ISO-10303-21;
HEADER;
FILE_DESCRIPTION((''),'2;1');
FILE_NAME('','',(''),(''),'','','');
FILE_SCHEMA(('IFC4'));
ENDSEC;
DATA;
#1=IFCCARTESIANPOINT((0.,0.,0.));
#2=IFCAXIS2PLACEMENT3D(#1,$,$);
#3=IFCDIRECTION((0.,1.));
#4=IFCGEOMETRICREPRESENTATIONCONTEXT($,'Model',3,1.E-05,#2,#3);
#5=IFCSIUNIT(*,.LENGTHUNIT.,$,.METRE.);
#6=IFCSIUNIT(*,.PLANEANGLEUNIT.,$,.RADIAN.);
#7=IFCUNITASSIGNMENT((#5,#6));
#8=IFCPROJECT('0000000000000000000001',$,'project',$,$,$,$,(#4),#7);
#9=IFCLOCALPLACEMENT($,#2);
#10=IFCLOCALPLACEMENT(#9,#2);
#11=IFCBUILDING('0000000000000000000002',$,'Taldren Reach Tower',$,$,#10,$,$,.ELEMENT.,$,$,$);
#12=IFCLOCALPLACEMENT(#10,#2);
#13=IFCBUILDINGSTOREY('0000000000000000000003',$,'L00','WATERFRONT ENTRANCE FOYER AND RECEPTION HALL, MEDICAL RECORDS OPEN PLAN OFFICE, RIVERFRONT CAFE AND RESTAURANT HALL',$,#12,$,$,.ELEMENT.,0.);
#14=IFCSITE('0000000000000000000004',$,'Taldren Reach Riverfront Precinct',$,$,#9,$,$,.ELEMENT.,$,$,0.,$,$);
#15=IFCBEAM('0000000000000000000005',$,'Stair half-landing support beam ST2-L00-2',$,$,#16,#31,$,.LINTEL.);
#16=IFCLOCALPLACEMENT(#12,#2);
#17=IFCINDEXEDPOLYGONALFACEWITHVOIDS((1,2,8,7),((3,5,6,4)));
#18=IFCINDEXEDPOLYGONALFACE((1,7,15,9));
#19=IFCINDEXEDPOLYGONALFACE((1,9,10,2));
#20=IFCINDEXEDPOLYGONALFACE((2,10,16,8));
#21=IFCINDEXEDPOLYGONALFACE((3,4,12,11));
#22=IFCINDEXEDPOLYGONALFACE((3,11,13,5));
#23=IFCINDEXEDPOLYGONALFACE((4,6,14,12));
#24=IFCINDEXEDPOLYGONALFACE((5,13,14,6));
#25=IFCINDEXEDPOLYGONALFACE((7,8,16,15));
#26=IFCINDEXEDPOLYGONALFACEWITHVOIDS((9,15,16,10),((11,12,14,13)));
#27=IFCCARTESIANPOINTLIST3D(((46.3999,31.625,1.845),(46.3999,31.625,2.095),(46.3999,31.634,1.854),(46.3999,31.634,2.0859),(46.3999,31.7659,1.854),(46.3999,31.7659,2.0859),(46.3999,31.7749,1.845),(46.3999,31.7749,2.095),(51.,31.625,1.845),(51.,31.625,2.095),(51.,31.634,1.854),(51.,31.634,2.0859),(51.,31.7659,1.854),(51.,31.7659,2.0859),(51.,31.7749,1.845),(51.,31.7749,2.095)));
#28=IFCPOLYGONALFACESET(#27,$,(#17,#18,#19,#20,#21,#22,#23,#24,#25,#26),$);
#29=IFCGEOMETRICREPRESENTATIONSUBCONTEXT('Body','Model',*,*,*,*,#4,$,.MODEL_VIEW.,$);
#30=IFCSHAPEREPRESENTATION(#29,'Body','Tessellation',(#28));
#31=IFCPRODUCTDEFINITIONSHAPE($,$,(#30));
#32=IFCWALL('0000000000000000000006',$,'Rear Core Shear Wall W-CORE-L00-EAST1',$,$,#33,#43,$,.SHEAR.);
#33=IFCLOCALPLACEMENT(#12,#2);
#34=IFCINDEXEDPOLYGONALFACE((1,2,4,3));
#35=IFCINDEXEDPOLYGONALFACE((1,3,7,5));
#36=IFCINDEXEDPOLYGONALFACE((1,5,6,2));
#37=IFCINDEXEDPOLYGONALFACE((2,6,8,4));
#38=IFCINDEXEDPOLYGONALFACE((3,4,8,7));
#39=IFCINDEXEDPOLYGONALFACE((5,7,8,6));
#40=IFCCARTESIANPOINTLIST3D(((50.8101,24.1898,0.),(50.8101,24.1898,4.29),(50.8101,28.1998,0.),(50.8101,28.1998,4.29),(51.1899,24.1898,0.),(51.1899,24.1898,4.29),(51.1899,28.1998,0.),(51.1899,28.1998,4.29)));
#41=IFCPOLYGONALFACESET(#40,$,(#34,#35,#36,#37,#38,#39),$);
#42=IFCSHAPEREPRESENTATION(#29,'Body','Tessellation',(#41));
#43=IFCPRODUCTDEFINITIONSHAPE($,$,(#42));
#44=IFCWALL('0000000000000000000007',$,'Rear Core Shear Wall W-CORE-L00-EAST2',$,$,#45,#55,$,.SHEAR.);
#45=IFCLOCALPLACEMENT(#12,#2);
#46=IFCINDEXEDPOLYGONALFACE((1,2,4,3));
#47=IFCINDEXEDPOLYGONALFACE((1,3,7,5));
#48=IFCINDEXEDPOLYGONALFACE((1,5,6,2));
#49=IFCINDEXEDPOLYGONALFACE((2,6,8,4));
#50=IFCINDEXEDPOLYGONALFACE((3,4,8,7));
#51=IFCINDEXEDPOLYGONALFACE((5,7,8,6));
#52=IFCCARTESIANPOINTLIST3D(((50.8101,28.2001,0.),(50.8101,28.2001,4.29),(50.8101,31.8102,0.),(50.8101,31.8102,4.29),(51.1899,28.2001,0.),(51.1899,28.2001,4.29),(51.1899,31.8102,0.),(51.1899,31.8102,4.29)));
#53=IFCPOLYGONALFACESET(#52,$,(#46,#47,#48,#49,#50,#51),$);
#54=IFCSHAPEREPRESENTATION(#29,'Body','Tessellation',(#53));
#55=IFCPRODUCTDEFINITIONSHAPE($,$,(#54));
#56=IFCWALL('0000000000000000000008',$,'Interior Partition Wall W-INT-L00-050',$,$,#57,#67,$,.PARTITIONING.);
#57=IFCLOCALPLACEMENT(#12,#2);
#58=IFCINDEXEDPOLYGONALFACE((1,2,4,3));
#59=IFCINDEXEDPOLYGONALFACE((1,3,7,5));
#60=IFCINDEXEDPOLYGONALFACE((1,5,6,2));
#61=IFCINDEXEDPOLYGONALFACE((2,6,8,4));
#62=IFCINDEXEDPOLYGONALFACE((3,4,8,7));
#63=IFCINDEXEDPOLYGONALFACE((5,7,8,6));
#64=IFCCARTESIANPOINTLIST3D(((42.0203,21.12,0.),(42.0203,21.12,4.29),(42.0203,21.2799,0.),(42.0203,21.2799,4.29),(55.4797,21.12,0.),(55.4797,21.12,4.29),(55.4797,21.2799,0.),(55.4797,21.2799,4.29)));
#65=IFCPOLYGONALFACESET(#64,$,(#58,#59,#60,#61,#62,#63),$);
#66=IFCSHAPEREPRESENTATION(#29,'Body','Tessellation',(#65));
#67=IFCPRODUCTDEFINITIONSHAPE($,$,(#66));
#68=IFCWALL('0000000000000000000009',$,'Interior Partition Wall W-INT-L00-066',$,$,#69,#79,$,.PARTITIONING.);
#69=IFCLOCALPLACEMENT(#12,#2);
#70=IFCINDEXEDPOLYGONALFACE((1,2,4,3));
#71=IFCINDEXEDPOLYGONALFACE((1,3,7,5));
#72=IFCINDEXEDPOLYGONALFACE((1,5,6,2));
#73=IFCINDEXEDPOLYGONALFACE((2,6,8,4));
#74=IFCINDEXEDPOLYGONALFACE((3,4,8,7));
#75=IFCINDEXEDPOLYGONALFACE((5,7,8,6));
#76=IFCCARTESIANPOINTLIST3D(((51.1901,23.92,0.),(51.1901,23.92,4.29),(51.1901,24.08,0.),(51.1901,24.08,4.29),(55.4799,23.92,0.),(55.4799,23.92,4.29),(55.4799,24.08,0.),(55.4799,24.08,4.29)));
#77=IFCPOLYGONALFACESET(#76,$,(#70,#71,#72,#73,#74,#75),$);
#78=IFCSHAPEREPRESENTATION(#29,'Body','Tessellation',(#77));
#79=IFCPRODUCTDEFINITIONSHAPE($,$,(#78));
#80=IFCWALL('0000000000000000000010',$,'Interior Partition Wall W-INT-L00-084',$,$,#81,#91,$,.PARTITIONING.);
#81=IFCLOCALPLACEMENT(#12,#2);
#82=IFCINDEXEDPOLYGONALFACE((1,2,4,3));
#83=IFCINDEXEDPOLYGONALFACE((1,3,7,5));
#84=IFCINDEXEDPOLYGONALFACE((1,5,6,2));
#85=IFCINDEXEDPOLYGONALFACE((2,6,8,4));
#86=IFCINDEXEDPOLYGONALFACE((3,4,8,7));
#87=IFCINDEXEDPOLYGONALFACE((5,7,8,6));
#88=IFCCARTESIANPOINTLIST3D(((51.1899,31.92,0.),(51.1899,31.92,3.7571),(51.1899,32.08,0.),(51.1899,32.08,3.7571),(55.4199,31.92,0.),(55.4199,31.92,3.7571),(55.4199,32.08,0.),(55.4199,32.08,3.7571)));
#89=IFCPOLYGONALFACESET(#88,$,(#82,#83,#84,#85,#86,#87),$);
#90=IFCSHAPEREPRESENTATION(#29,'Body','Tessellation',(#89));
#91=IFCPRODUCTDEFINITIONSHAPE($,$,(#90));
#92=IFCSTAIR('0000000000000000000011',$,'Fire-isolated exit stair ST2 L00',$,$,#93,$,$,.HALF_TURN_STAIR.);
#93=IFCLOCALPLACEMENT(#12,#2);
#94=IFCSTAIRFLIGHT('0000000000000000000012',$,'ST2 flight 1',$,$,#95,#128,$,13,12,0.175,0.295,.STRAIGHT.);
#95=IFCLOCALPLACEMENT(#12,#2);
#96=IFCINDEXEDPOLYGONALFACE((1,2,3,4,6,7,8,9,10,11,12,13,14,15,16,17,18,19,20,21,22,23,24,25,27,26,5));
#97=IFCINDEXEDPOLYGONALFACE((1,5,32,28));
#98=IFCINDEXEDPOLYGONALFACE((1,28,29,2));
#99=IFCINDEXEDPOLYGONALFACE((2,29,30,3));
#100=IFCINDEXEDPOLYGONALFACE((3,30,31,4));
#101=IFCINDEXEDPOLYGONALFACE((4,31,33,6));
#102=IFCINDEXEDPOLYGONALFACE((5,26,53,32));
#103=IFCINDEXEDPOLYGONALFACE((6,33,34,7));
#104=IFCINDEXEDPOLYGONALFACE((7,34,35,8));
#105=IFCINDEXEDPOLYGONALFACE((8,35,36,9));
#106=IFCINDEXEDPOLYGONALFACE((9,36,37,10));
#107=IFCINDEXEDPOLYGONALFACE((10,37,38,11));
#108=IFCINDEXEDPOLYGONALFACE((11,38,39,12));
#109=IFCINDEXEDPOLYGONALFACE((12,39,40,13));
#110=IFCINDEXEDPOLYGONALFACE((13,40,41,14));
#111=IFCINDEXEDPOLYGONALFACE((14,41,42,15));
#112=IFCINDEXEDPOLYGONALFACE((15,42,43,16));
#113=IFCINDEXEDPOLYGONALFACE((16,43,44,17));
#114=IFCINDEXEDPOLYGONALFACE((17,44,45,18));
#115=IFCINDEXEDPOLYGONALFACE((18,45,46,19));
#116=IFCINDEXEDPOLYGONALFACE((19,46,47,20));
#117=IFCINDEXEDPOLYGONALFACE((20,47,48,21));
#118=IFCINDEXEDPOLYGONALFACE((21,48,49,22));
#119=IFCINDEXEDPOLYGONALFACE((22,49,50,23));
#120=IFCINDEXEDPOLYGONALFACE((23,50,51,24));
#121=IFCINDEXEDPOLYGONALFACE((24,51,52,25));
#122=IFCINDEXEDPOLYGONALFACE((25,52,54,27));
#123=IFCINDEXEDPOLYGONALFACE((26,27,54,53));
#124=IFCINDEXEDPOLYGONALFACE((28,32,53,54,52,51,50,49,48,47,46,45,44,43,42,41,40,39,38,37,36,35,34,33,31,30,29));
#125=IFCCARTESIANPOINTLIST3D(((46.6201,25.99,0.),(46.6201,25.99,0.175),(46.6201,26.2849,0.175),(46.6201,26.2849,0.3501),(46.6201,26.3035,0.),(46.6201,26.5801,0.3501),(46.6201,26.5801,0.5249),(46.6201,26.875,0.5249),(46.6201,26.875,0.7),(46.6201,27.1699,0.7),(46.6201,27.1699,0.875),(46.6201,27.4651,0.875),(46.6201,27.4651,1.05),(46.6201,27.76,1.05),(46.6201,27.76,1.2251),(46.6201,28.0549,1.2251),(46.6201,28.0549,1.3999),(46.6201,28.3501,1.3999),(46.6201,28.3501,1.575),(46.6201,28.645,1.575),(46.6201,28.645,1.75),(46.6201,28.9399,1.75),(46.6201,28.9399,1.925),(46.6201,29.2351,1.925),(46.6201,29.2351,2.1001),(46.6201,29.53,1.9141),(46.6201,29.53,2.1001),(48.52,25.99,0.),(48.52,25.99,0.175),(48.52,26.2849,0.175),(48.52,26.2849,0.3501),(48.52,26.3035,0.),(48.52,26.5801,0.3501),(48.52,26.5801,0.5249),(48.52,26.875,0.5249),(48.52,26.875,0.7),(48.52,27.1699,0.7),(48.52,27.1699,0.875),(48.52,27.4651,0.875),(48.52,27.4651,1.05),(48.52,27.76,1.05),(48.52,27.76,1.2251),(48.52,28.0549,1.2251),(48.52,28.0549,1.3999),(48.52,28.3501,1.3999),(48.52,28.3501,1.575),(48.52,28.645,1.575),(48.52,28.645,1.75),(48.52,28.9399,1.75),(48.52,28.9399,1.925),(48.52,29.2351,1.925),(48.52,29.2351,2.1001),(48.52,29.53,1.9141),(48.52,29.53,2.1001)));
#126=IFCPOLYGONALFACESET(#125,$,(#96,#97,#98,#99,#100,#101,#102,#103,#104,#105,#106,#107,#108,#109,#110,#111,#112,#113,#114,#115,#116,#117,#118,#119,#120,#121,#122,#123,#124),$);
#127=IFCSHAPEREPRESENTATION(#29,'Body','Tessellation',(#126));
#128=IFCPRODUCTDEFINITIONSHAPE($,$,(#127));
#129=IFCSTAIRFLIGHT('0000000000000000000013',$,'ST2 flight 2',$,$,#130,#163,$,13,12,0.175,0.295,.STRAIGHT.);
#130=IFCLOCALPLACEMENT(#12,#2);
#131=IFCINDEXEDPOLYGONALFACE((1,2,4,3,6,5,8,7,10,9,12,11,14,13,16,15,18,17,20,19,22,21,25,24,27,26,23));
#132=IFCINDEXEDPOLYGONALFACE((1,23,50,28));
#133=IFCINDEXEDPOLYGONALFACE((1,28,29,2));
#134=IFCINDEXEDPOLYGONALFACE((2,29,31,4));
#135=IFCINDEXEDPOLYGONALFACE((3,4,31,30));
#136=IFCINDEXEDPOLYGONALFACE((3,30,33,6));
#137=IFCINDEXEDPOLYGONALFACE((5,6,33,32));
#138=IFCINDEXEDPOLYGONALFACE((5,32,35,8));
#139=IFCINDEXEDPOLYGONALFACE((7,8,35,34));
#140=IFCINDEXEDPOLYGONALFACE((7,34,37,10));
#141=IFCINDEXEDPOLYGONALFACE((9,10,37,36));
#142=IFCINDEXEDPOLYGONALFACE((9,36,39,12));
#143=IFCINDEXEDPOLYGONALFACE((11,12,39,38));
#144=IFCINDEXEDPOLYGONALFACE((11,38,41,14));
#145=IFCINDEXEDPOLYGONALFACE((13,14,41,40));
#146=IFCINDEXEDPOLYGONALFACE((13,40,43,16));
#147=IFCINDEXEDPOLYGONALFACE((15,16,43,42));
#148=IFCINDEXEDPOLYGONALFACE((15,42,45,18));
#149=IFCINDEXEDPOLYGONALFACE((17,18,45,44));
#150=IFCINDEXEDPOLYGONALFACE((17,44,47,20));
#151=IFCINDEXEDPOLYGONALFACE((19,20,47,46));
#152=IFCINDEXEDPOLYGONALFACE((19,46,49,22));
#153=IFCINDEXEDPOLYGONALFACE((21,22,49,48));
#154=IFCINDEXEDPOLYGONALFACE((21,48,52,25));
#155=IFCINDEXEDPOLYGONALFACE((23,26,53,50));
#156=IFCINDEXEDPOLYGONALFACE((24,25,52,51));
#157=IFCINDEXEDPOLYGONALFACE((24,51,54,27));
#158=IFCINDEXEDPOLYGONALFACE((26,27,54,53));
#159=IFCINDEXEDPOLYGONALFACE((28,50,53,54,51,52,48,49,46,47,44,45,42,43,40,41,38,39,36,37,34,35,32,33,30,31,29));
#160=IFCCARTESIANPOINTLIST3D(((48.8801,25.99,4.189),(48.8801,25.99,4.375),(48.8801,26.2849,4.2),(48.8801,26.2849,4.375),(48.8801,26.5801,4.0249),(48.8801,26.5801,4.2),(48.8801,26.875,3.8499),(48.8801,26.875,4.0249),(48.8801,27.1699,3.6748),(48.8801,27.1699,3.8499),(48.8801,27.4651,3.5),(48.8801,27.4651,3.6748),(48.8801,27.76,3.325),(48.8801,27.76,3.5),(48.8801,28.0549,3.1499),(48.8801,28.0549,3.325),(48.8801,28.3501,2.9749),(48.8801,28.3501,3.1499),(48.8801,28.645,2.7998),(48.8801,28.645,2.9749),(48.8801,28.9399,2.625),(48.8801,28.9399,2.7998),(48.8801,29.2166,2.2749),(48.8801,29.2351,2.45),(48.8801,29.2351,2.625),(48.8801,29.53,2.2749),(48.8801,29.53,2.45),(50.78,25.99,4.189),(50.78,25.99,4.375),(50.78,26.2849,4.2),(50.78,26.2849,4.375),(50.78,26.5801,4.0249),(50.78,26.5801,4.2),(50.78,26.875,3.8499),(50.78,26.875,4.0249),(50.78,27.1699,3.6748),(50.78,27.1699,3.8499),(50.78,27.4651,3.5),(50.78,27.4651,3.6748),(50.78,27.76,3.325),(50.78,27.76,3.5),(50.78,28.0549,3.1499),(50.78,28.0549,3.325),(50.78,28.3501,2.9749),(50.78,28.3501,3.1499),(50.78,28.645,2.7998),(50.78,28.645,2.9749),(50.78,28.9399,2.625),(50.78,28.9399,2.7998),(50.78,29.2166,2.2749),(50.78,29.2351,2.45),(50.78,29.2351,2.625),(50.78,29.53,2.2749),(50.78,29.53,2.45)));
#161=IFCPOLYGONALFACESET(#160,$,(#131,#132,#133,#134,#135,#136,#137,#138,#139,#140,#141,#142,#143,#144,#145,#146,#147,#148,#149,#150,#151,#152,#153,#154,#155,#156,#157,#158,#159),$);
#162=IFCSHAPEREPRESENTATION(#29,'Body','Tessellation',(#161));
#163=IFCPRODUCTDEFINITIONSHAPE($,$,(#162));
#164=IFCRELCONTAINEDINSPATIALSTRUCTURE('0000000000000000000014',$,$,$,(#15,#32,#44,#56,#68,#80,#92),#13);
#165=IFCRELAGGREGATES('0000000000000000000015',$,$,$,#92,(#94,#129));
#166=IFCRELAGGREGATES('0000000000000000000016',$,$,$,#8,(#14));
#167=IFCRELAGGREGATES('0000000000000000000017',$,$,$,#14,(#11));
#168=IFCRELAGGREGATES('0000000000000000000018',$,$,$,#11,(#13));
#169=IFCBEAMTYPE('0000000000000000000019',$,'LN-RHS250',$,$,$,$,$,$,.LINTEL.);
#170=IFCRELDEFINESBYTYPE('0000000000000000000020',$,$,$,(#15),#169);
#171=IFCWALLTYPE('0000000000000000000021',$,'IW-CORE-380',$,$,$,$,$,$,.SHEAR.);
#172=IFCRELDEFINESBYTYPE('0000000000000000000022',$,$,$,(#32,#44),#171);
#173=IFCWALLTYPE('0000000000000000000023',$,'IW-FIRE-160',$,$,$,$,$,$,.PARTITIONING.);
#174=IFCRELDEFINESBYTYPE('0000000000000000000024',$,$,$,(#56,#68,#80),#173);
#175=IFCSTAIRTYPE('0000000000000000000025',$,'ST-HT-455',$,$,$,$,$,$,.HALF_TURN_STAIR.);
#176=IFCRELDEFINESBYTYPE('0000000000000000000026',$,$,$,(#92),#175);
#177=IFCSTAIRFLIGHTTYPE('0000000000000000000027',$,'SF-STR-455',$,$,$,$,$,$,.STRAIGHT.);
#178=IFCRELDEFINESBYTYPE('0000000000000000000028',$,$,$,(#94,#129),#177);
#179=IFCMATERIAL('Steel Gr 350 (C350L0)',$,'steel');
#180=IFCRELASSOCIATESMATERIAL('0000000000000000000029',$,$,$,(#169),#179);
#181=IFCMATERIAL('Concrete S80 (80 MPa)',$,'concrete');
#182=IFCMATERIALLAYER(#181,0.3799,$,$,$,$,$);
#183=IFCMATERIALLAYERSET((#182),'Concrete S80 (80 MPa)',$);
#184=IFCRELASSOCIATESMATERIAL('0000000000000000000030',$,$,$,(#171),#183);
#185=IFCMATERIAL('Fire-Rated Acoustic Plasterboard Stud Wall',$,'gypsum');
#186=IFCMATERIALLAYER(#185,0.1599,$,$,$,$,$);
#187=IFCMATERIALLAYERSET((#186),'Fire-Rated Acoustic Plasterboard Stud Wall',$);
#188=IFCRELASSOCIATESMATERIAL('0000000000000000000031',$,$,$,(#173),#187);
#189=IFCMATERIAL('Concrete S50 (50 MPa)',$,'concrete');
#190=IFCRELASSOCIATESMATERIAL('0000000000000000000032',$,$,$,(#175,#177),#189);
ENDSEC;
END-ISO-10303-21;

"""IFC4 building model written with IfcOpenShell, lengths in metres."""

from ifc_helpers import new_model, si_unit, direction, frame, frame_2d, origin, origin_2d, place, context, subcontext, project, spatial, polyline, rectangle, hollow_rectangle, outline, extrude, source, transform, mapped, material, layer, layer_set, material_profile, profile_set, type_object, element, aggregate, save


model = new_model("IFC4")

# Units and contexts
model_context = context("Model", 3, precision=1e-05, world=origin(), true_north=direction((0.0, 1.0)))
body_context = subcontext(model_context, "Body", "Model", "MODEL_VIEW")
ifc_project = project(units=[si_unit("LENGTHUNIT", "METRE"), si_unit("PLANEANGLEUNIT", "RADIAN")], contexts=[model_context])

# Site, building, storey
site_placement = place(None, origin())
site = spatial("IfcSite", under=ifc_project, at=site_placement, Name="Taldren Reach Riverfront Precinct", CompositionType="ELEMENT", RefElevation=0.0)
building_placement = place(site_placement, origin())
building = spatial("IfcBuilding", under=site, at=building_placement, Name="Taldren Reach Tower", CompositionType="ELEMENT")
storey_placement = place(building_placement, origin())
storey = spatial("IfcBuildingStorey", under=building, at=storey_placement, Name="L00", Description="WATERFRONT ENTRANCE FOYER AND RECEPTION HALL, MEDICAL RECORDS OPEN PLAN OFFICE, RIVERFRONT CAFE AND RESTAURANT HALL", CompositionType="ELEMENT", Elevation=0.0)

# Shared definitions
ifc_material_1 = material(Name="Concrete S80 (80 MPa)", Category="concrete")

# Beam
ifc_material_2 = material(Name="Steel Gr 350 (C350L0)", Category="steel")
ifc_material_profile_1 = material_profile(ifc_material_2, hollow_rectangle(XDim=0.1499, YDim=0.25, WallThickness=0.009, at=origin_2d()), Name="250x150x9.0RHS")
ifc_profile_set_1 = profile_set([ifc_material_profile_1], Name="Steel Gr 350 (C350L0)")
beam_type_1 = type_object("IfcBeamType", Name="LN-RHS250", PredefinedType="LINTEL", material=ifc_profile_set_1)
shared_shape_1 = source(origin(), body_context, "Body", "SweptSolid", [
    extrude(hollow_rectangle(XDim=0.1499, YDim=0.25, WallThickness=0.009, at=origin_2d()), origin(), (0.0, 0.0, 1.0), 4.6001),
])
for number, where, z_axis, x_axis, name in (
    (1, (46.3999, 31.7, 1.97), (1.0, 0.0, 0.0), (0.0, 1.0, 0.0), "Stair half-landing support beam ST2-L00-2"),
):
    element("IfcBeam", number, at=place(storey_placement, frame(where, z_axis=z_axis, x_axis=x_axis)), inside=storey, type_object=beam_type_1, Name=name, PredefinedType="LINTEL", context=body_context, shape_type="MappedRepresentation", body=[
        mapped(shared_shape_1, transform((0.0, 0.0, 0.0), scale=1.0)),
    ])

# Walls
ifc_layer_1 = layer(ifc_material_1, 0.3799)
ifc_layer_set_1 = layer_set([ifc_layer_1], Name="Concrete S80 (80 MPa)")
wall_type_1 = type_object("IfcWallType", Name="IW-CORE-380", PredefinedType="SHEAR", material=ifc_layer_set_1)
shared_shape_2 = source(origin(), body_context, "Body", "SweptSolid", [
    extrude(rectangle(XDim=4.01, YDim=0.3799, at=frame_2d((2.0049, 0.0))), origin(), (0.0, 0.0, 1.0), 4.29),
])
wall_1_placement = place(storey_placement, frame((51.0, 24.1899, 0.0), z_axis=(0.0, 0.0, 1.0), x_axis=(0.0, 1.0, 0.0)))
element("IfcWall", 2, at=wall_1_placement, inside=storey, type_object=wall_type_1, Name="Rear Core Shear Wall W-CORE-L00-EAST1", PredefinedType="SHEAR", context=body_context, shape_type="MappedRepresentation", body=[
    mapped(shared_shape_2, transform((0.0, 0.0, 0.0), scale=1.0)),
])
shared_shape_3 = source(origin(), body_context, "Body", "SweptSolid", [
    extrude(rectangle(XDim=3.6101, YDim=0.3799, at=frame_2d((1.8052, 0.0))), origin(), (0.0, 0.0, 1.0), 4.29),
])
wall_2_placement = place(storey_placement, frame((51.0, 28.2, 0.0), z_axis=(0.0, 0.0, 1.0), x_axis=(0.0, 1.0, 0.0)))
element("IfcWall", 3, at=wall_2_placement, inside=storey, type_object=wall_type_1, Name="Rear Core Shear Wall W-CORE-L00-EAST2", PredefinedType="SHEAR", context=body_context, shape_type="MappedRepresentation", body=[
    mapped(shared_shape_3, transform((0.0, 0.0, 0.0), scale=1.0)),
])
ifc_material_3 = material(Name="Fire-Rated Acoustic Plasterboard Stud Wall", Category="gypsum")
ifc_layer_2 = layer(ifc_material_3, 0.1599)
ifc_layer_set_2 = layer_set([ifc_layer_2], Name="Fire-Rated Acoustic Plasterboard Stud Wall")
wall_type_2 = type_object("IfcWallType", Name="IW-FIRE-160", PredefinedType="PARTITIONING", material=ifc_layer_set_2)
shared_shape_4 = source(origin(), body_context, "Body", "SweptSolid", [
    extrude(rectangle(XDim=13.4595, YDim=0.1599, at=frame_2d((6.7297, 0.0))), origin(), (0.0, 0.0, 1.0), 4.29),
])
wall_3_placement = place(storey_placement, frame((55.4797, 21.2, 0.0), z_axis=(0.0, 0.0, 1.0), x_axis=(-1.0, 0.0, 0.0)))
element("IfcWall", 4, at=wall_3_placement, inside=storey, type_object=wall_type_2, Name="Interior Partition Wall W-INT-L00-050", PredefinedType="PARTITIONING", context=body_context, shape_type="MappedRepresentation", body=[
    mapped(shared_shape_4, transform((0.0, 0.0, 0.0), scale=1.0)),
])
shared_shape_5 = source(origin(), body_context, "Body", "SweptSolid", [
    extrude(rectangle(XDim=4.2898, YDim=0.1599, at=frame_2d((2.145, 0.0))), origin(), (0.0, 0.0, 1.0), 4.29),
])
wall_4_placement = place(storey_placement, frame((51.1899, 24.0, 0.0), z_axis=(0.0, 0.0, 1.0), x_axis=(1.0, 0.0, 0.0)))
element("IfcWall", 5, at=wall_4_placement, inside=storey, type_object=wall_type_2, Name="Interior Partition Wall W-INT-L00-066", PredefinedType="PARTITIONING", context=body_context, shape_type="MappedRepresentation", body=[
    mapped(shared_shape_5, transform((0.0, 0.0, 0.0), scale=1.0)),
])
shared_shape_6 = source(origin(), body_context, "Body", "SweptSolid", [
    extrude(rectangle(XDim=4.23, YDim=0.1599, at=frame_2d((2.115, 0.0))), origin(), (0.0, 0.0, 1.0), 3.7571),
])
wall_5_placement = place(storey_placement, frame((51.1899, 32.0, 0.0), z_axis=(0.0, 0.0, 1.0), x_axis=(1.0, 0.0, 0.0)))
element("IfcWall", 6, at=wall_5_placement, inside=storey, type_object=wall_type_2, Name="Interior Partition Wall W-INT-L00-084", PredefinedType="PARTITIONING", context=body_context, shape_type="MappedRepresentation", body=[
    mapped(shared_shape_6, transform((0.0, 0.0, 0.0), scale=1.0)),
])

# Stair, stair flights
ifc_material_4 = material(Name="Concrete S50 (50 MPa)", Category="concrete")
stair_type = type_object("IfcStairType", Name="ST-HT-455", PredefinedType="HALF_TURN_STAIR", material=ifc_material_4)
stair_placement = place(storey_placement, origin())
stair = element("IfcStair", 7, at=stair_placement, inside=storey, type_object=stair_type, Name="Fire-isolated exit stair ST2 L00", PredefinedType="HALF_TURN_STAIR")
stair_flight_type = type_object("IfcStairFlightType", Name="SF-STR-455", PredefinedType="STRAIGHT", material=ifc_material_4)
stair_flight_1_placement = place(storey_placement, frame((47.5701, 25.99, 0.0), z_axis=(0.0, 0.0, 1.0), x_axis=(0.0, 1.0, 0.0)))
stair_flight_1 = element("IfcStairFlight", 8, at=stair_flight_1_placement, type_object=stair_flight_type, Name="ST2 flight 1", NumberOfRisers=13, NumberOfTreads=12, PredefinedType="STRAIGHT", RiserHeight=0.175, TreadLength=0.295, context=body_context, shape_type="SweptSolid", body=[
    extrude(outline(polyline([(0.0, 0.0), (0.0, 0.175), (0.2949, 0.175), (0.2949, 0.3501), (0.5901, 0.3501), (0.5901, 0.5249), (0.885, 0.5249), (0.885, 0.7), (1.1799, 0.7), (1.1799, 0.875), (1.4751, 0.875), (1.4751, 1.05), (1.77, 1.05), (1.77, 1.2251), (2.0649, 1.2251), (2.0649, 1.3999), (2.3601, 1.3999), (2.3601, 1.575), (2.655, 1.575), (2.655, 1.75), (2.95, 1.75), (2.95, 1.925), (3.2451, 1.925), (3.2451, 2.1001), (3.54, 2.1001), (3.54, 2.2749), (3.54, 1.9141), (0.3135, 0.0), (0.0, 0.0)])), frame((0.0, 0.95, 0.0), z_axis=(0.0, -1.0, 0.0), x_axis=(1.0, 0.0, 0.0)), (0.0, 0.0, 1.0), 1.8999),
])
stair_flight_2_placement = place(storey_placement, frame((49.8301, 29.53, 2.2749), z_axis=(0.0, 0.0, 1.0), x_axis=(0.0, -1.0, 0.0)))
stair_flight_2 = element("IfcStairFlight", 9, at=stair_flight_2_placement, type_object=stair_flight_type, Name="ST2 flight 2", NumberOfRisers=13, NumberOfTreads=12, PredefinedType="STRAIGHT", RiserHeight=0.175, TreadLength=0.295, context=body_context, shape_type="SweptSolid", body=[
    extrude(outline(polyline([(0.0, 0.0), (0.0, 0.175), (0.2949, 0.175), (0.2949, 0.3501), (0.5901, 0.3501), (0.5901, 0.5249), (0.885, 0.5249), (0.885, 0.7), (1.1799, 0.7), (1.1799, 0.875), (1.4751, 0.875), (1.4751, 1.05), (1.77, 1.05), (1.77, 1.2251), (2.0649, 1.2251), (2.0649, 1.3999), (2.3601, 1.3999), (2.3601, 1.575), (2.655, 1.575), (2.655, 1.75), (2.95, 1.75), (2.95, 1.925), (3.2451, 1.925), (3.2451, 2.1001), (3.54, 2.1001), (3.54, 2.2749), (3.54, 1.9141), (0.3135, 0.0), (0.0, 0.0)])), frame((0.0, 0.95, 0.0), z_axis=(0.0, -1.0, 0.0), x_axis=(1.0, 0.0, 0.0)), (0.0, 0.0, 1.0), 1.8999),
])
aggregate(stair, [stair_flight_1, stair_flight_2])

save(model, "model.ifc")
